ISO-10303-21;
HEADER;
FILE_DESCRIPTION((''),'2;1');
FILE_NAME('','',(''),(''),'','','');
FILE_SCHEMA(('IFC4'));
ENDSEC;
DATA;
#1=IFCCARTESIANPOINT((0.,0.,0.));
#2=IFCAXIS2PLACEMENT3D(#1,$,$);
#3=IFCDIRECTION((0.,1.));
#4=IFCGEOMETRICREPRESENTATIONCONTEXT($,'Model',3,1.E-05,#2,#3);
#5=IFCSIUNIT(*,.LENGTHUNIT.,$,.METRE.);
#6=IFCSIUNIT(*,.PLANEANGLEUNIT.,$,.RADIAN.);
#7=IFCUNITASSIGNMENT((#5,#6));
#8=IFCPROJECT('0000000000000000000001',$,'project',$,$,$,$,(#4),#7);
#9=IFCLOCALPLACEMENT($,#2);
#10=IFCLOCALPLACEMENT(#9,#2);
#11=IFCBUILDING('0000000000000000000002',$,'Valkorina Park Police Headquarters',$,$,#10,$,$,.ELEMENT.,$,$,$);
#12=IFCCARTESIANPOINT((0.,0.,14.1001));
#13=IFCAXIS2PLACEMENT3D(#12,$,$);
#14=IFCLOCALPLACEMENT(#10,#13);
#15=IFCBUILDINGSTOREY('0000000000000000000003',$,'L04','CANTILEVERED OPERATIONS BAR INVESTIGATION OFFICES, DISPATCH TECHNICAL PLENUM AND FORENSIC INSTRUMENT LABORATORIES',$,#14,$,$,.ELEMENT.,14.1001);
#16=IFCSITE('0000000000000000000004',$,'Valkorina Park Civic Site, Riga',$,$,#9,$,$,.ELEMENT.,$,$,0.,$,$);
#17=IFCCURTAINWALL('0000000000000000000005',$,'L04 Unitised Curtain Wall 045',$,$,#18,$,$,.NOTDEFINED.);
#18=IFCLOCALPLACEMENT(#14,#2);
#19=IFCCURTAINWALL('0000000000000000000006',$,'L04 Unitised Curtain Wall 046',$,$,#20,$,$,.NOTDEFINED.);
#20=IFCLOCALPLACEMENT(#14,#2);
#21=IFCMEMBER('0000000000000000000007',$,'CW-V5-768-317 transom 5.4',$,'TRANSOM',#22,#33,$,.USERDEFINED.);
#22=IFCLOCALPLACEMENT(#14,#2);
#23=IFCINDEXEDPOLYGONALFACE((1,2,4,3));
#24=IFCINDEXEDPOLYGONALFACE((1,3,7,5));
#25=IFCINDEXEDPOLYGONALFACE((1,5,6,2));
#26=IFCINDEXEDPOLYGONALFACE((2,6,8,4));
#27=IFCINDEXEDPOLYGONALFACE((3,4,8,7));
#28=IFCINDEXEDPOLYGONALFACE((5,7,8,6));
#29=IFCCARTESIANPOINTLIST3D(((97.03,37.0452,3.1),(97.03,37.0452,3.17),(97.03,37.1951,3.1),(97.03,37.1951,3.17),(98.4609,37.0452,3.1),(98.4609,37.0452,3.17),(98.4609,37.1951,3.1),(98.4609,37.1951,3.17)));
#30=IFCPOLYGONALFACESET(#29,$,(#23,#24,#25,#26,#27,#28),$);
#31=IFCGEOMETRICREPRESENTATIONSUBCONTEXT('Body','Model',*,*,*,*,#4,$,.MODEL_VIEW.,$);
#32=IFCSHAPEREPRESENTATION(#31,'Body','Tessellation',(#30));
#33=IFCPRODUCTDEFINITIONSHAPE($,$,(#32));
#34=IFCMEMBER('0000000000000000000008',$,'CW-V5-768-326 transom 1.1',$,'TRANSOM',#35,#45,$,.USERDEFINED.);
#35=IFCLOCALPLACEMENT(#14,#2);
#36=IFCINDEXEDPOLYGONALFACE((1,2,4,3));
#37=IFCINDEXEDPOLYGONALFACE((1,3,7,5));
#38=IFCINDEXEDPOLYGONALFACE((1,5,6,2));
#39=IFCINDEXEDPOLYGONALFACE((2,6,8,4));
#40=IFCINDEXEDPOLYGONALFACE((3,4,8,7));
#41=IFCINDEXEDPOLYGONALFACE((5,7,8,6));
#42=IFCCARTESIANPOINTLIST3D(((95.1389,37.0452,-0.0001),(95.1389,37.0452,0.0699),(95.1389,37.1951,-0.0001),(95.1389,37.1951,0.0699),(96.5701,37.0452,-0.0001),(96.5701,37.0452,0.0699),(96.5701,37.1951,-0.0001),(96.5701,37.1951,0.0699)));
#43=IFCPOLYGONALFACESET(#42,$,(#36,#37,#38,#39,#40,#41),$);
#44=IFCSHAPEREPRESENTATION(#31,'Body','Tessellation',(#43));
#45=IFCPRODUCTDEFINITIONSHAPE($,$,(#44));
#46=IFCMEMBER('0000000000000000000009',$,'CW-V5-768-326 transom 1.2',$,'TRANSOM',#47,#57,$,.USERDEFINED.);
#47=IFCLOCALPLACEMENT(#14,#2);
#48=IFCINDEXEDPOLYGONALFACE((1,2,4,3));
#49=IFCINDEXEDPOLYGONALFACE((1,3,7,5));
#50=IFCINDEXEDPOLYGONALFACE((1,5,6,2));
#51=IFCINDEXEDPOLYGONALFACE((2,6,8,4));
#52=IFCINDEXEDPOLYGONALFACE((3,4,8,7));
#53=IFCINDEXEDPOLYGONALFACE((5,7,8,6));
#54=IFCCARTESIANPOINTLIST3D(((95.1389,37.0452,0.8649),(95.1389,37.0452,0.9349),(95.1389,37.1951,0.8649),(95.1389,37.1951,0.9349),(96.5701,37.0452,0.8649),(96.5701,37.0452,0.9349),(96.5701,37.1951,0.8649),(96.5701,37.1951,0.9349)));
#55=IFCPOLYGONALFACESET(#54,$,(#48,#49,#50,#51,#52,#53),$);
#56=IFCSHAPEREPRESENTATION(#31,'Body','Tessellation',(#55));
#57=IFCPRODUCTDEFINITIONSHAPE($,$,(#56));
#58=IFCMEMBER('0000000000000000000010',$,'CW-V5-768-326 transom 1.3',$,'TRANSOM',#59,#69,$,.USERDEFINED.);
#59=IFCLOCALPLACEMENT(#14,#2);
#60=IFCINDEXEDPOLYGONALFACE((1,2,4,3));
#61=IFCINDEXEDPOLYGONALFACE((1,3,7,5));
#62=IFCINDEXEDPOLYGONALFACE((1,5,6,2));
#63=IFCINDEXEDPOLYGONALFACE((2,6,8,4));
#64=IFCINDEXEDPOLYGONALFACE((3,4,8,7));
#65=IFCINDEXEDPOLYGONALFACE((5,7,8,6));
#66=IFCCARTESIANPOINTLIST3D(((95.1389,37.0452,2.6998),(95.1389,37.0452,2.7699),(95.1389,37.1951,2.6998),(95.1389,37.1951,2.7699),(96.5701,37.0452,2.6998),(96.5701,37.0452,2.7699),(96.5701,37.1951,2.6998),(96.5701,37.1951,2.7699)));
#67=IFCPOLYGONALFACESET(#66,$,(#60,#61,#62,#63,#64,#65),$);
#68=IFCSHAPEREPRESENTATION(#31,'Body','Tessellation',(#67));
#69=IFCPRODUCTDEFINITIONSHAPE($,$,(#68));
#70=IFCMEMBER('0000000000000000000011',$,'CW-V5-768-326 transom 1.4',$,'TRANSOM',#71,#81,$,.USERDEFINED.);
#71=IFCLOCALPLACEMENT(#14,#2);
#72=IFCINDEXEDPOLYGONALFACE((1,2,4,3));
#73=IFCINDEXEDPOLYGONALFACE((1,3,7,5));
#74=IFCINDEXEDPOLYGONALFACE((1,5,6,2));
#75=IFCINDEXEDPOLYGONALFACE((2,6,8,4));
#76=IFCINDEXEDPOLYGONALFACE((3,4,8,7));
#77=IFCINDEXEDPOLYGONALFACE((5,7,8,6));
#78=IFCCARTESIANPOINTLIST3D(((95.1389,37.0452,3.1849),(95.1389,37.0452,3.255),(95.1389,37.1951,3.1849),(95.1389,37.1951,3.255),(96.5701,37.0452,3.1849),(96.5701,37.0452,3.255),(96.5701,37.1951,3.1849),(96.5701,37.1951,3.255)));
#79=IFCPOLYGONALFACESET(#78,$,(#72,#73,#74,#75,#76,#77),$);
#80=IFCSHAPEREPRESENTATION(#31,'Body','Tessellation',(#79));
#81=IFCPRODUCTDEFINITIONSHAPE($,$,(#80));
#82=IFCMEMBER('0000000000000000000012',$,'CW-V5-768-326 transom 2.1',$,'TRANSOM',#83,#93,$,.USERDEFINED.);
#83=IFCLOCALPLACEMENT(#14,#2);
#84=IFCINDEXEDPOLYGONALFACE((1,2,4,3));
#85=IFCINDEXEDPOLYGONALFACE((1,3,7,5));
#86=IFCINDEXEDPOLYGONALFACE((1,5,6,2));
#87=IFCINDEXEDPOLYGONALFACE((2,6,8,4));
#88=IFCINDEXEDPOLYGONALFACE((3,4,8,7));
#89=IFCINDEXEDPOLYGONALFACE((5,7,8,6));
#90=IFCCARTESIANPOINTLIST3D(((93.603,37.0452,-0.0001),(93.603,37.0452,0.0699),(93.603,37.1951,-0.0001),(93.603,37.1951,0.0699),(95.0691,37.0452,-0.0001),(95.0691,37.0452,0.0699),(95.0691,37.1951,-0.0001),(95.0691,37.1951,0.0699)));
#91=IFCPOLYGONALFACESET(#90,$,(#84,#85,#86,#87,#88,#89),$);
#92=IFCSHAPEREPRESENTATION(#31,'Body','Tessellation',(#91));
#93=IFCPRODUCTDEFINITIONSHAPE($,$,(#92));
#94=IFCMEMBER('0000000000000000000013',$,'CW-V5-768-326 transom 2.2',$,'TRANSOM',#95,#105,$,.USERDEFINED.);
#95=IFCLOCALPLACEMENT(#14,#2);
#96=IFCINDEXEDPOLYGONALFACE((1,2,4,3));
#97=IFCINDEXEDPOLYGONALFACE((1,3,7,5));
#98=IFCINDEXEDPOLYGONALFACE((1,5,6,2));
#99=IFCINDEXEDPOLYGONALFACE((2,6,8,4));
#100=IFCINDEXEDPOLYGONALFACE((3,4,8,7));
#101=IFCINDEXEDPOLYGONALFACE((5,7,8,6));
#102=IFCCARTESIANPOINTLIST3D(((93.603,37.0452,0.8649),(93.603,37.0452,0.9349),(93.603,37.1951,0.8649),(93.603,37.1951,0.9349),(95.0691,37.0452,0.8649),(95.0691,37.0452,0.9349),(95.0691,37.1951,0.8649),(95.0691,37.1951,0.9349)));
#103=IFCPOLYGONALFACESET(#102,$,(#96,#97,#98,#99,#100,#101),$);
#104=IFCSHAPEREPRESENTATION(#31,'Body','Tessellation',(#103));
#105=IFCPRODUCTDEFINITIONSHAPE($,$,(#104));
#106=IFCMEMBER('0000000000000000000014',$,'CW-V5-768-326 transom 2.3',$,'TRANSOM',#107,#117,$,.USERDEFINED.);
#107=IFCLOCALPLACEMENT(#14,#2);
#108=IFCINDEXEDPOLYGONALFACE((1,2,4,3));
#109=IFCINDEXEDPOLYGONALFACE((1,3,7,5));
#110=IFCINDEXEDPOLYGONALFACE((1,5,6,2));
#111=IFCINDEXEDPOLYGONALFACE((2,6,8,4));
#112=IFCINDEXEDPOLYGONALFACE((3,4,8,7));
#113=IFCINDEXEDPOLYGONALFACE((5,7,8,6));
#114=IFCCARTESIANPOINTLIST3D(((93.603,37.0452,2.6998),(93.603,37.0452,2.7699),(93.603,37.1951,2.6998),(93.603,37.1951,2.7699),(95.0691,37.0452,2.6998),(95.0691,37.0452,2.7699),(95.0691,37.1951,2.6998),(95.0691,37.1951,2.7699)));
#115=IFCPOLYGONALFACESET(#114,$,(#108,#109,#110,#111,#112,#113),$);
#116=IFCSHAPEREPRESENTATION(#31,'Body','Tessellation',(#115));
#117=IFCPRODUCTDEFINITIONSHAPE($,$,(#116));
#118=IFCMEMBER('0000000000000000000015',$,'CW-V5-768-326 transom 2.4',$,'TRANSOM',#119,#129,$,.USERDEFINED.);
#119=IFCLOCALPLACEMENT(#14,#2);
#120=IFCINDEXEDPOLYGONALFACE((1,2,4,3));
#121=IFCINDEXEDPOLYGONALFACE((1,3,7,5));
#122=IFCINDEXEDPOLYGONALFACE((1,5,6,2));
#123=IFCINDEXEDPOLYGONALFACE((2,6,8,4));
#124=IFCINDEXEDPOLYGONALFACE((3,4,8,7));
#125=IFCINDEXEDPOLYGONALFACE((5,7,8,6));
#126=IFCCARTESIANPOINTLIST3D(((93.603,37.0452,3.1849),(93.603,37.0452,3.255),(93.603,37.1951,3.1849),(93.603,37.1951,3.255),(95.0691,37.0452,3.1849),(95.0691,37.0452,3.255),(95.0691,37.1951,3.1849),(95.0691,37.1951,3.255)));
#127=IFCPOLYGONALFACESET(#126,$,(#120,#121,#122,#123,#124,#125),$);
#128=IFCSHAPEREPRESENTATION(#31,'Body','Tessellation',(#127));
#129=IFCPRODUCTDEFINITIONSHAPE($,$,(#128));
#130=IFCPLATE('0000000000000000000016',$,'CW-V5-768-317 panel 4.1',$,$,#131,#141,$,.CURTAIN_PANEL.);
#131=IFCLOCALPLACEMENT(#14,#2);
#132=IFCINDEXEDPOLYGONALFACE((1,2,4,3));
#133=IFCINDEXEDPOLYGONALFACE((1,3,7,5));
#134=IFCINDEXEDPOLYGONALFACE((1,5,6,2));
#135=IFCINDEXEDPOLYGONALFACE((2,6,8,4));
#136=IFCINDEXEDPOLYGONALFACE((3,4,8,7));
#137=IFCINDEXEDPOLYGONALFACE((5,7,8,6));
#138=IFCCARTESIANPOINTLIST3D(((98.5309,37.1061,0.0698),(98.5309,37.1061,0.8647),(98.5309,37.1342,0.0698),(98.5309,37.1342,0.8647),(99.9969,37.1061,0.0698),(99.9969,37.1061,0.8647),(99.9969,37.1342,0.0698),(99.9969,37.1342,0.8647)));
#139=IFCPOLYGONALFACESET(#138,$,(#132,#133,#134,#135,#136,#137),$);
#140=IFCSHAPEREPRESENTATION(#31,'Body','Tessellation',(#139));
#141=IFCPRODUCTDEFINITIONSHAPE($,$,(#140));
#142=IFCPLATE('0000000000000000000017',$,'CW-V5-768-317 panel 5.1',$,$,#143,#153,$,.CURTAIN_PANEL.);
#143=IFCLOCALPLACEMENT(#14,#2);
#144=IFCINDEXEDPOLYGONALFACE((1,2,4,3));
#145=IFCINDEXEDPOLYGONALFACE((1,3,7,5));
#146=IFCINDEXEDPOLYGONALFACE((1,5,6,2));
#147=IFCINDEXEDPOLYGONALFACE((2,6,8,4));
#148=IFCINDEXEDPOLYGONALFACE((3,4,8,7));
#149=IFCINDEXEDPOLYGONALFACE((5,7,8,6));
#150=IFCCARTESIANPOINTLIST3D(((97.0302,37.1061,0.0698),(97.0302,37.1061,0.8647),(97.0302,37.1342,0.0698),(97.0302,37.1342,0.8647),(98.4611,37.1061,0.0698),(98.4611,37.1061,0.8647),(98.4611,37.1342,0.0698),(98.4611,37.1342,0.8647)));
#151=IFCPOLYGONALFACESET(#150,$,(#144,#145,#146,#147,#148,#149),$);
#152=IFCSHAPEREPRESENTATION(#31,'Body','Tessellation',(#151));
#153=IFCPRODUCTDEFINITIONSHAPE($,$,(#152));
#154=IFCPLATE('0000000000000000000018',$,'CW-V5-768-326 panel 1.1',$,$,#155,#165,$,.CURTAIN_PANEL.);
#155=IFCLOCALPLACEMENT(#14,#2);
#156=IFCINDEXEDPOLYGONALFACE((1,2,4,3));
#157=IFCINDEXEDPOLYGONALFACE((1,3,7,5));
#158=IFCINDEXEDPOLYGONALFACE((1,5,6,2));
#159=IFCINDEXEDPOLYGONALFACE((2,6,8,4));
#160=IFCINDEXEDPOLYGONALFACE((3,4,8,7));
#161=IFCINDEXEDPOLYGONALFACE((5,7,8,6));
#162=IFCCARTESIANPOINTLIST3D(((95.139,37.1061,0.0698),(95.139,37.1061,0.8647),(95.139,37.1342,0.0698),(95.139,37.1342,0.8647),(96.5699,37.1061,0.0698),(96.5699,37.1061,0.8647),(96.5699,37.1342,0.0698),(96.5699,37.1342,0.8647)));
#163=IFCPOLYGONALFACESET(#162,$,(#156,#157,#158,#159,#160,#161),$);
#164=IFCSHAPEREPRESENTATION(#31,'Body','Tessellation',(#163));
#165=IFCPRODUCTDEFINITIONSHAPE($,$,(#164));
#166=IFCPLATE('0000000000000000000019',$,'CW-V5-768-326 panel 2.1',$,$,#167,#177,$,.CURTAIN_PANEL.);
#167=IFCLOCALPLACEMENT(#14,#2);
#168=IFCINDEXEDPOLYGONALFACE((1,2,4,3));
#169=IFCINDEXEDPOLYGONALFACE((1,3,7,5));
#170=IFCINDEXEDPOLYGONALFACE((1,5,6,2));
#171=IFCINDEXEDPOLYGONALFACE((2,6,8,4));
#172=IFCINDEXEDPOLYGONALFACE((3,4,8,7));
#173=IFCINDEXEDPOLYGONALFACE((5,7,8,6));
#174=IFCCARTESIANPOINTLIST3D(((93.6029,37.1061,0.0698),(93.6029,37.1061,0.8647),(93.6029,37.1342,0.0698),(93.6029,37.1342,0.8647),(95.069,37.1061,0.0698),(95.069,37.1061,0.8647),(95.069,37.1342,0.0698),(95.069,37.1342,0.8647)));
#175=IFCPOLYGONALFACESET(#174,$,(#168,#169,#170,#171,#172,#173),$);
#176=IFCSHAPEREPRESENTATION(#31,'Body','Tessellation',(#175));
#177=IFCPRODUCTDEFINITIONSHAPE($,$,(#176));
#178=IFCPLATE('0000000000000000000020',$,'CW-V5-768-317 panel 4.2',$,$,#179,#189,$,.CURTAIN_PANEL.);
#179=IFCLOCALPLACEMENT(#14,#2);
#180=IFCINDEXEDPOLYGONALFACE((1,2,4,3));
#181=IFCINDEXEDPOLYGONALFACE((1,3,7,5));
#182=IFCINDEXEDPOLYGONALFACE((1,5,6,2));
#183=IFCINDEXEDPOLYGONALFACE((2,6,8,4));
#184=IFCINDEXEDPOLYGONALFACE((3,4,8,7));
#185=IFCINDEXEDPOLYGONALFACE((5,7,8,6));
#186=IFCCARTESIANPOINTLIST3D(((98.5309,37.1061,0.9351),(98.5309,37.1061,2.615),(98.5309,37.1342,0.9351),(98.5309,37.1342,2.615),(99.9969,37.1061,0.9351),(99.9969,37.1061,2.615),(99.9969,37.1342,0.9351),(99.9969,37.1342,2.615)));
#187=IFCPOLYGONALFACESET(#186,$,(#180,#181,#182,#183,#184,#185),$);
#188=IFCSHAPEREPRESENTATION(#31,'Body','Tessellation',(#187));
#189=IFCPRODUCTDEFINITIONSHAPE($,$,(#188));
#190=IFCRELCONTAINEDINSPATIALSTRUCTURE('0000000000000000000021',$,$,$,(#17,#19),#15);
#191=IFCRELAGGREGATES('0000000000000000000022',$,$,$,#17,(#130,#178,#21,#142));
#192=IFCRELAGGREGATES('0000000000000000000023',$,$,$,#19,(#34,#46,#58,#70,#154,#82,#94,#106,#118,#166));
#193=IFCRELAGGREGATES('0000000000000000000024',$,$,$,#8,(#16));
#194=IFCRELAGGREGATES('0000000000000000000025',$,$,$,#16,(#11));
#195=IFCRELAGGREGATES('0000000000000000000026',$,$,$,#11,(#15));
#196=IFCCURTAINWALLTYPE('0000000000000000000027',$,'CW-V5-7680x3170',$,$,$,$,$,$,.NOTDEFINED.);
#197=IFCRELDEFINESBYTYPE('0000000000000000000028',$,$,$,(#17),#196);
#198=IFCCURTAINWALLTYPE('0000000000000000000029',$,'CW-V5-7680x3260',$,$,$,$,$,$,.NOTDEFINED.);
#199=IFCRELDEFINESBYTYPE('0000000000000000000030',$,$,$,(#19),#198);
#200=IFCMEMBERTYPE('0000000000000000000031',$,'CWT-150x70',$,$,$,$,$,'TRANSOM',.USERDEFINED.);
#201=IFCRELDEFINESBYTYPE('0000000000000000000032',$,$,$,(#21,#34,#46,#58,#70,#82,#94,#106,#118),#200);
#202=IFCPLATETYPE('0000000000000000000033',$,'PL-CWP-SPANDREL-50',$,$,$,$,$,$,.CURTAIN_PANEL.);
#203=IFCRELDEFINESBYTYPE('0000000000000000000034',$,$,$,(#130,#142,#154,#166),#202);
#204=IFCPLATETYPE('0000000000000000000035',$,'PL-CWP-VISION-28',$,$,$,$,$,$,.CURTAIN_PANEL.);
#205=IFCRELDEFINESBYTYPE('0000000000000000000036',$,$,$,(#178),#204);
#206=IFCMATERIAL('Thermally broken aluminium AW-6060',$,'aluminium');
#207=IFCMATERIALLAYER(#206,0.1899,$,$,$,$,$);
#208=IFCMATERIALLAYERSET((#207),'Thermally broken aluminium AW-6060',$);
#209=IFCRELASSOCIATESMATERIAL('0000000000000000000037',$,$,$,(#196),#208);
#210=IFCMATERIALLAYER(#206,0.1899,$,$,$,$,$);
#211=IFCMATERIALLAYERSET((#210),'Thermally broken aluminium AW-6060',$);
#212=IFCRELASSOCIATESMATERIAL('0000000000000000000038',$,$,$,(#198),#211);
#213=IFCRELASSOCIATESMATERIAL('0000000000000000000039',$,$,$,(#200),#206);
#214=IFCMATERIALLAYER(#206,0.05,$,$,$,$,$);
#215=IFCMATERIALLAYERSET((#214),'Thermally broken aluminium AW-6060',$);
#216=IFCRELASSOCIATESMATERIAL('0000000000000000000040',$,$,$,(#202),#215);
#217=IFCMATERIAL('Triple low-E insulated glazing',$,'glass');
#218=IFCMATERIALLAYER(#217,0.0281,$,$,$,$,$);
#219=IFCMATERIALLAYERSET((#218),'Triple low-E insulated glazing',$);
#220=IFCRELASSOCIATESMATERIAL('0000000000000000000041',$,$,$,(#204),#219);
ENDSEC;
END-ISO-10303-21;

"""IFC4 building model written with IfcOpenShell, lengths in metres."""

from ifc_helpers import new_model, si_unit, direction, frame, origin, origin_2d, place, context, subcontext, project, spatial, rectangle, extrude, material, layer, layer_set, material_profile, profile_set, type_object, element, aggregate, save


model = new_model("IFC4")

# Units and contexts
model_context = context("Model", 3, precision=1e-05, world=origin(), true_north=direction((0.0, 1.0)))
body_context = subcontext(model_context, "Body", "Model", "MODEL_VIEW")
ifc_project = project(units=[si_unit("LENGTHUNIT", "METRE"), si_unit("PLANEANGLEUNIT", "RADIAN")], contexts=[model_context])

# Site, building, storey
site_placement = place(None, origin())
site = spatial("IfcSite", under=ifc_project, at=site_placement, Name="Valkorina Park Civic Site, Riga", CompositionType="ELEMENT", RefElevation=0.0)
building_placement = place(site_placement, origin())
building = spatial("IfcBuilding", under=site, at=building_placement, Name="Valkorina Park Police Headquarters", CompositionType="ELEMENT")
storey_placement = place(building_placement, frame((0.0, 0.0, 14.1001)))
storey = spatial("IfcBuildingStorey", under=building, at=storey_placement, Name="L04", Description="CANTILEVERED OPERATIONS BAR INVESTIGATION OFFICES, DISPATCH TECHNICAL PLENUM AND FORENSIC INSTRUMENT LABORATORIES", CompositionType="ELEMENT", Elevation=14.1001)

# Curtain walls
ifc_material_1 = material(Name="Thermally broken aluminium AW-6060", Category="aluminium")
ifc_layer_1 = layer(ifc_material_1, 0.1899)
ifc_layer_set_1 = layer_set([ifc_layer_1], Name="Thermally broken aluminium AW-6060")
curtain_wall_type_1 = type_object("IfcCurtainWallType", Name="CW-V5-7680x3170", PredefinedType="NOTDEFINED", material=ifc_layer_set_1)
curtain_wall_1_placement = place(storey_placement, origin())
curtain_wall_1 = element("IfcCurtainWall", 1, at=curtain_wall_1_placement, inside=storey, type_object=curtain_wall_type_1, Name="L04 Unitised Curtain Wall 045", PredefinedType="NOTDEFINED")
ifc_layer_2 = layer(ifc_material_1, 0.1899)
ifc_layer_set_2 = layer_set([ifc_layer_2], Name="Thermally broken aluminium AW-6060")
curtain_wall_type_2 = type_object("IfcCurtainWallType", Name="CW-V5-7680x3260", PredefinedType="NOTDEFINED", material=ifc_layer_set_2)
curtain_wall_2_placement = place(storey_placement, origin())
curtain_wall_2 = element("IfcCurtainWall", 2, at=curtain_wall_2_placement, inside=storey, type_object=curtain_wall_type_2, Name="L04 Unitised Curtain Wall 046", PredefinedType="NOTDEFINED")

# Members
ifc_material_profile_1 = material_profile(ifc_material_1, rectangle(XDim=0.1499, YDim=0.0701, at=origin_2d()), Name="CWT-02 150x70")
ifc_profile_set_1 = profile_set([ifc_material_profile_1], Name="Thermally broken aluminium AW-6060")
member_type_1 = type_object("IfcMemberType", Name="CWT-150x70", ElementType="TRANSOM", PredefinedType="USERDEFINED", material=ifc_profile_set_1)
member_1_placement = place(storey_placement, frame((98.4609, 37.1201, 3.135), z_axis=(-1.0, 0.0, 0.0), x_axis=(0.0, -1.0, 0.0)))
member_1 = element("IfcMember", 3, at=member_1_placement, type_object=member_type_1, Name="CW-V5-768-317 transom 5.4", ObjectType="TRANSOM", PredefinedType="USERDEFINED", context=body_context, shape_type="SweptSolid", body=[
    extrude(rectangle(XDim=0.1499, YDim=0.0701, at=origin_2d()), origin(), (0.0, 0.0, 1.0), 1.4309),
])
member_2_placement = place(storey_placement, frame((96.5701, 37.1201, 0.0349), z_axis=(-1.0, 0.0, 0.0), x_axis=(0.0, -1.0, 0.0)))
member_2 = element("IfcMember", 4, at=member_2_placement, type_object=member_type_1, Name="CW-V5-768-326 transom 1.1", ObjectType="TRANSOM", PredefinedType="USERDEFINED", context=body_context, shape_type="SweptSolid", body=[
    extrude(rectangle(XDim=0.1499, YDim=0.0701, at=origin_2d()), origin(), (0.0, 0.0, 1.0), 1.4312),
])
member_3_placement = place(storey_placement, frame((96.5701, 37.1201, 0.8999), z_axis=(-1.0, 0.0, 0.0), x_axis=(0.0, -1.0, 0.0)))
member_3 = element("IfcMember", 5, at=member_3_placement, type_object=member_type_1, Name="CW-V5-768-326 transom 1.2", ObjectType="TRANSOM", PredefinedType="USERDEFINED", context=body_context, shape_type="SweptSolid", body=[
    extrude(rectangle(XDim=0.1499, YDim=0.0701, at=origin_2d()), origin(), (0.0, 0.0, 1.0), 1.4312),
])
member_4_placement = place(storey_placement, frame((96.5701, 37.1201, 2.7349), z_axis=(-1.0, 0.0, 0.0), x_axis=(0.0, -1.0, 0.0)))
member_4 = element("IfcMember", 6, at=member_4_placement, type_object=member_type_1, Name="CW-V5-768-326 transom 1.3", ObjectType="TRANSOM", PredefinedType="USERDEFINED", context=body_context, shape_type="SweptSolid", body=[
    extrude(rectangle(XDim=0.1499, YDim=0.0701, at=origin_2d()), origin(), (0.0, 0.0, 1.0), 1.4312),
])
member_5_placement = place(storey_placement, frame((96.5701, 37.1201, 3.22), z_axis=(-1.0, 0.0, 0.0), x_axis=(0.0, -1.0, 0.0)))
member_5 = element("IfcMember", 7, at=member_5_placement, type_object=member_type_1, Name="CW-V5-768-326 transom 1.4", ObjectType="TRANSOM", PredefinedType="USERDEFINED", context=body_context, shape_type="SweptSolid", body=[
    extrude(rectangle(XDim=0.1499, YDim=0.0701, at=origin_2d()), origin(), (0.0, 0.0, 1.0), 1.4312),
])
member_6_placement = place(storey_placement, frame((95.0691, 37.1201, 0.0349), z_axis=(-1.0, 0.0, 0.0), x_axis=(0.0, -1.0, 0.0)))
member_6 = element("IfcMember", 8, at=member_6_placement, type_object=member_type_1, Name="CW-V5-768-326 transom 2.1", ObjectType="TRANSOM", PredefinedType="USERDEFINED", context=body_context, shape_type="SweptSolid", body=[
    extrude(rectangle(XDim=0.1499, YDim=0.0701, at=origin_2d()), origin(), (0.0, 0.0, 1.0), 1.4661),
])
member_7_placement = place(storey_placement, frame((95.0691, 37.1201, 0.8999), z_axis=(-1.0, 0.0, 0.0), x_axis=(0.0, -1.0, 0.0)))
member_7 = element("IfcMember", 9, at=member_7_placement, type_object=member_type_1, Name="CW-V5-768-326 transom 2.2", ObjectType="TRANSOM", PredefinedType="USERDEFINED", context=body_context, shape_type="SweptSolid", body=[
    extrude(rectangle(XDim=0.1499, YDim=0.0701, at=origin_2d()), origin(), (0.0, 0.0, 1.0), 1.4661),
])
member_8_placement = place(storey_placement, frame((95.0691, 37.1201, 2.7349), z_axis=(-1.0, 0.0, 0.0), x_axis=(0.0, -1.0, 0.0)))
member_8 = element("IfcMember", 10, at=member_8_placement, type_object=member_type_1, Name="CW-V5-768-326 transom 2.3", ObjectType="TRANSOM", PredefinedType="USERDEFINED", context=body_context, shape_type="SweptSolid", body=[
    extrude(rectangle(XDim=0.1499, YDim=0.0701, at=origin_2d()), origin(), (0.0, 0.0, 1.0), 1.4661),
])
member_9_placement = place(storey_placement, frame((95.0691, 37.1201, 3.22), z_axis=(-1.0, 0.0, 0.0), x_axis=(0.0, -1.0, 0.0)))
member_9 = element("IfcMember", 11, at=member_9_placement, type_object=member_type_1, Name="CW-V5-768-326 transom 2.4", ObjectType="TRANSOM", PredefinedType="USERDEFINED", context=body_context, shape_type="SweptSolid", body=[
    extrude(rectangle(XDim=0.1499, YDim=0.0701, at=origin_2d()), origin(), (0.0, 0.0, 1.0), 1.4661),
])

# Plates
ifc_layer_3 = layer(ifc_material_1, 0.05)
ifc_layer_set_3 = layer_set([ifc_layer_3], Name="Thermally broken aluminium AW-6060")
plate_type_1 = type_object("IfcPlateType", Name="PL-CWP-SPANDREL-50", PredefinedType="CURTAIN_PANEL", material=ifc_layer_set_3)
plate_1_placement = place(storey_placement, frame((99.2639, 37.1201, 0.0698), z_axis=(0.0, 0.0, 1.0), x_axis=(-1.0, 0.0, 0.0)))
plate_1 = element("IfcPlate", 12, at=plate_1_placement, type_object=plate_type_1, Name="CW-V5-768-317 panel 4.1", PredefinedType="CURTAIN_PANEL", context=body_context, shape_type="SweptSolid", body=[
    extrude(rectangle(XDim=1.4661, YDim=0.0281, at=origin_2d()), origin(), (0.0, 0.0, 1.0), 0.7949),
])
plate_2_placement = place(storey_placement, frame((97.7456, 37.1201, 0.0698), z_axis=(0.0, 0.0, 1.0), x_axis=(-1.0, 0.0, 0.0)))
plate_2 = element("IfcPlate", 13, at=plate_2_placement, type_object=plate_type_1, Name="CW-V5-768-317 panel 5.1", PredefinedType="CURTAIN_PANEL", context=body_context, shape_type="SweptSolid", body=[
    extrude(rectangle(XDim=1.4309, YDim=0.0281, at=origin_2d()), origin(), (0.0, 0.0, 1.0), 0.7949),
])
plate_3_placement = place(storey_placement, frame((95.8545, 37.1201, 0.0698), z_axis=(0.0, 0.0, 1.0), x_axis=(-1.0, 0.0, 0.0)))
plate_3 = element("IfcPlate", 14, at=plate_3_placement, type_object=plate_type_1, Name="CW-V5-768-326 panel 1.1", PredefinedType="CURTAIN_PANEL", context=body_context, shape_type="SweptSolid", body=[
    extrude(rectangle(XDim=1.4309, YDim=0.0281, at=origin_2d()), origin(), (0.0, 0.0, 1.0), 0.7949),
])
plate_4_placement = place(storey_placement, frame((94.3359, 37.1201, 0.0698), z_axis=(0.0, 0.0, 1.0), x_axis=(-1.0, 0.0, 0.0)))
plate_4 = element("IfcPlate", 15, at=plate_4_placement, type_object=plate_type_1, Name="CW-V5-768-326 panel 2.1", PredefinedType="CURTAIN_PANEL", context=body_context, shape_type="SweptSolid", body=[
    extrude(rectangle(XDim=1.4661, YDim=0.0281, at=origin_2d()), origin(), (0.0, 0.0, 1.0), 0.7949),
])
ifc_material_2 = material(Name="Triple low-E insulated glazing", Category="glass")
ifc_layer_4 = layer(ifc_material_2, 0.0281)
ifc_layer_set_4 = layer_set([ifc_layer_4], Name="Triple low-E insulated glazing")
plate_type_2 = type_object("IfcPlateType", Name="PL-CWP-VISION-28", PredefinedType="CURTAIN_PANEL", material=ifc_layer_set_4)
plate_5_placement = place(storey_placement, frame((99.2639, 37.1201, 0.9351), z_axis=(0.0, 0.0, 1.0), x_axis=(-1.0, 0.0, 0.0)))
plate_5 = element("IfcPlate", 16, at=plate_5_placement, type_object=plate_type_2, Name="CW-V5-768-317 panel 4.2", PredefinedType="CURTAIN_PANEL", context=body_context, shape_type="SweptSolid", body=[
    extrude(rectangle(XDim=1.4661, YDim=0.0281, at=origin_2d()), origin(), (0.0, 0.0, 1.0), 1.6799),
])
aggregate(curtain_wall_1, [plate_1, plate_5, member_1, plate_2])
aggregate(curtain_wall_2, [member_2, member_3, member_4, member_5, plate_3, member_6, member_7, member_8, member_9, plate_4])

save(model, "model.ifc")
